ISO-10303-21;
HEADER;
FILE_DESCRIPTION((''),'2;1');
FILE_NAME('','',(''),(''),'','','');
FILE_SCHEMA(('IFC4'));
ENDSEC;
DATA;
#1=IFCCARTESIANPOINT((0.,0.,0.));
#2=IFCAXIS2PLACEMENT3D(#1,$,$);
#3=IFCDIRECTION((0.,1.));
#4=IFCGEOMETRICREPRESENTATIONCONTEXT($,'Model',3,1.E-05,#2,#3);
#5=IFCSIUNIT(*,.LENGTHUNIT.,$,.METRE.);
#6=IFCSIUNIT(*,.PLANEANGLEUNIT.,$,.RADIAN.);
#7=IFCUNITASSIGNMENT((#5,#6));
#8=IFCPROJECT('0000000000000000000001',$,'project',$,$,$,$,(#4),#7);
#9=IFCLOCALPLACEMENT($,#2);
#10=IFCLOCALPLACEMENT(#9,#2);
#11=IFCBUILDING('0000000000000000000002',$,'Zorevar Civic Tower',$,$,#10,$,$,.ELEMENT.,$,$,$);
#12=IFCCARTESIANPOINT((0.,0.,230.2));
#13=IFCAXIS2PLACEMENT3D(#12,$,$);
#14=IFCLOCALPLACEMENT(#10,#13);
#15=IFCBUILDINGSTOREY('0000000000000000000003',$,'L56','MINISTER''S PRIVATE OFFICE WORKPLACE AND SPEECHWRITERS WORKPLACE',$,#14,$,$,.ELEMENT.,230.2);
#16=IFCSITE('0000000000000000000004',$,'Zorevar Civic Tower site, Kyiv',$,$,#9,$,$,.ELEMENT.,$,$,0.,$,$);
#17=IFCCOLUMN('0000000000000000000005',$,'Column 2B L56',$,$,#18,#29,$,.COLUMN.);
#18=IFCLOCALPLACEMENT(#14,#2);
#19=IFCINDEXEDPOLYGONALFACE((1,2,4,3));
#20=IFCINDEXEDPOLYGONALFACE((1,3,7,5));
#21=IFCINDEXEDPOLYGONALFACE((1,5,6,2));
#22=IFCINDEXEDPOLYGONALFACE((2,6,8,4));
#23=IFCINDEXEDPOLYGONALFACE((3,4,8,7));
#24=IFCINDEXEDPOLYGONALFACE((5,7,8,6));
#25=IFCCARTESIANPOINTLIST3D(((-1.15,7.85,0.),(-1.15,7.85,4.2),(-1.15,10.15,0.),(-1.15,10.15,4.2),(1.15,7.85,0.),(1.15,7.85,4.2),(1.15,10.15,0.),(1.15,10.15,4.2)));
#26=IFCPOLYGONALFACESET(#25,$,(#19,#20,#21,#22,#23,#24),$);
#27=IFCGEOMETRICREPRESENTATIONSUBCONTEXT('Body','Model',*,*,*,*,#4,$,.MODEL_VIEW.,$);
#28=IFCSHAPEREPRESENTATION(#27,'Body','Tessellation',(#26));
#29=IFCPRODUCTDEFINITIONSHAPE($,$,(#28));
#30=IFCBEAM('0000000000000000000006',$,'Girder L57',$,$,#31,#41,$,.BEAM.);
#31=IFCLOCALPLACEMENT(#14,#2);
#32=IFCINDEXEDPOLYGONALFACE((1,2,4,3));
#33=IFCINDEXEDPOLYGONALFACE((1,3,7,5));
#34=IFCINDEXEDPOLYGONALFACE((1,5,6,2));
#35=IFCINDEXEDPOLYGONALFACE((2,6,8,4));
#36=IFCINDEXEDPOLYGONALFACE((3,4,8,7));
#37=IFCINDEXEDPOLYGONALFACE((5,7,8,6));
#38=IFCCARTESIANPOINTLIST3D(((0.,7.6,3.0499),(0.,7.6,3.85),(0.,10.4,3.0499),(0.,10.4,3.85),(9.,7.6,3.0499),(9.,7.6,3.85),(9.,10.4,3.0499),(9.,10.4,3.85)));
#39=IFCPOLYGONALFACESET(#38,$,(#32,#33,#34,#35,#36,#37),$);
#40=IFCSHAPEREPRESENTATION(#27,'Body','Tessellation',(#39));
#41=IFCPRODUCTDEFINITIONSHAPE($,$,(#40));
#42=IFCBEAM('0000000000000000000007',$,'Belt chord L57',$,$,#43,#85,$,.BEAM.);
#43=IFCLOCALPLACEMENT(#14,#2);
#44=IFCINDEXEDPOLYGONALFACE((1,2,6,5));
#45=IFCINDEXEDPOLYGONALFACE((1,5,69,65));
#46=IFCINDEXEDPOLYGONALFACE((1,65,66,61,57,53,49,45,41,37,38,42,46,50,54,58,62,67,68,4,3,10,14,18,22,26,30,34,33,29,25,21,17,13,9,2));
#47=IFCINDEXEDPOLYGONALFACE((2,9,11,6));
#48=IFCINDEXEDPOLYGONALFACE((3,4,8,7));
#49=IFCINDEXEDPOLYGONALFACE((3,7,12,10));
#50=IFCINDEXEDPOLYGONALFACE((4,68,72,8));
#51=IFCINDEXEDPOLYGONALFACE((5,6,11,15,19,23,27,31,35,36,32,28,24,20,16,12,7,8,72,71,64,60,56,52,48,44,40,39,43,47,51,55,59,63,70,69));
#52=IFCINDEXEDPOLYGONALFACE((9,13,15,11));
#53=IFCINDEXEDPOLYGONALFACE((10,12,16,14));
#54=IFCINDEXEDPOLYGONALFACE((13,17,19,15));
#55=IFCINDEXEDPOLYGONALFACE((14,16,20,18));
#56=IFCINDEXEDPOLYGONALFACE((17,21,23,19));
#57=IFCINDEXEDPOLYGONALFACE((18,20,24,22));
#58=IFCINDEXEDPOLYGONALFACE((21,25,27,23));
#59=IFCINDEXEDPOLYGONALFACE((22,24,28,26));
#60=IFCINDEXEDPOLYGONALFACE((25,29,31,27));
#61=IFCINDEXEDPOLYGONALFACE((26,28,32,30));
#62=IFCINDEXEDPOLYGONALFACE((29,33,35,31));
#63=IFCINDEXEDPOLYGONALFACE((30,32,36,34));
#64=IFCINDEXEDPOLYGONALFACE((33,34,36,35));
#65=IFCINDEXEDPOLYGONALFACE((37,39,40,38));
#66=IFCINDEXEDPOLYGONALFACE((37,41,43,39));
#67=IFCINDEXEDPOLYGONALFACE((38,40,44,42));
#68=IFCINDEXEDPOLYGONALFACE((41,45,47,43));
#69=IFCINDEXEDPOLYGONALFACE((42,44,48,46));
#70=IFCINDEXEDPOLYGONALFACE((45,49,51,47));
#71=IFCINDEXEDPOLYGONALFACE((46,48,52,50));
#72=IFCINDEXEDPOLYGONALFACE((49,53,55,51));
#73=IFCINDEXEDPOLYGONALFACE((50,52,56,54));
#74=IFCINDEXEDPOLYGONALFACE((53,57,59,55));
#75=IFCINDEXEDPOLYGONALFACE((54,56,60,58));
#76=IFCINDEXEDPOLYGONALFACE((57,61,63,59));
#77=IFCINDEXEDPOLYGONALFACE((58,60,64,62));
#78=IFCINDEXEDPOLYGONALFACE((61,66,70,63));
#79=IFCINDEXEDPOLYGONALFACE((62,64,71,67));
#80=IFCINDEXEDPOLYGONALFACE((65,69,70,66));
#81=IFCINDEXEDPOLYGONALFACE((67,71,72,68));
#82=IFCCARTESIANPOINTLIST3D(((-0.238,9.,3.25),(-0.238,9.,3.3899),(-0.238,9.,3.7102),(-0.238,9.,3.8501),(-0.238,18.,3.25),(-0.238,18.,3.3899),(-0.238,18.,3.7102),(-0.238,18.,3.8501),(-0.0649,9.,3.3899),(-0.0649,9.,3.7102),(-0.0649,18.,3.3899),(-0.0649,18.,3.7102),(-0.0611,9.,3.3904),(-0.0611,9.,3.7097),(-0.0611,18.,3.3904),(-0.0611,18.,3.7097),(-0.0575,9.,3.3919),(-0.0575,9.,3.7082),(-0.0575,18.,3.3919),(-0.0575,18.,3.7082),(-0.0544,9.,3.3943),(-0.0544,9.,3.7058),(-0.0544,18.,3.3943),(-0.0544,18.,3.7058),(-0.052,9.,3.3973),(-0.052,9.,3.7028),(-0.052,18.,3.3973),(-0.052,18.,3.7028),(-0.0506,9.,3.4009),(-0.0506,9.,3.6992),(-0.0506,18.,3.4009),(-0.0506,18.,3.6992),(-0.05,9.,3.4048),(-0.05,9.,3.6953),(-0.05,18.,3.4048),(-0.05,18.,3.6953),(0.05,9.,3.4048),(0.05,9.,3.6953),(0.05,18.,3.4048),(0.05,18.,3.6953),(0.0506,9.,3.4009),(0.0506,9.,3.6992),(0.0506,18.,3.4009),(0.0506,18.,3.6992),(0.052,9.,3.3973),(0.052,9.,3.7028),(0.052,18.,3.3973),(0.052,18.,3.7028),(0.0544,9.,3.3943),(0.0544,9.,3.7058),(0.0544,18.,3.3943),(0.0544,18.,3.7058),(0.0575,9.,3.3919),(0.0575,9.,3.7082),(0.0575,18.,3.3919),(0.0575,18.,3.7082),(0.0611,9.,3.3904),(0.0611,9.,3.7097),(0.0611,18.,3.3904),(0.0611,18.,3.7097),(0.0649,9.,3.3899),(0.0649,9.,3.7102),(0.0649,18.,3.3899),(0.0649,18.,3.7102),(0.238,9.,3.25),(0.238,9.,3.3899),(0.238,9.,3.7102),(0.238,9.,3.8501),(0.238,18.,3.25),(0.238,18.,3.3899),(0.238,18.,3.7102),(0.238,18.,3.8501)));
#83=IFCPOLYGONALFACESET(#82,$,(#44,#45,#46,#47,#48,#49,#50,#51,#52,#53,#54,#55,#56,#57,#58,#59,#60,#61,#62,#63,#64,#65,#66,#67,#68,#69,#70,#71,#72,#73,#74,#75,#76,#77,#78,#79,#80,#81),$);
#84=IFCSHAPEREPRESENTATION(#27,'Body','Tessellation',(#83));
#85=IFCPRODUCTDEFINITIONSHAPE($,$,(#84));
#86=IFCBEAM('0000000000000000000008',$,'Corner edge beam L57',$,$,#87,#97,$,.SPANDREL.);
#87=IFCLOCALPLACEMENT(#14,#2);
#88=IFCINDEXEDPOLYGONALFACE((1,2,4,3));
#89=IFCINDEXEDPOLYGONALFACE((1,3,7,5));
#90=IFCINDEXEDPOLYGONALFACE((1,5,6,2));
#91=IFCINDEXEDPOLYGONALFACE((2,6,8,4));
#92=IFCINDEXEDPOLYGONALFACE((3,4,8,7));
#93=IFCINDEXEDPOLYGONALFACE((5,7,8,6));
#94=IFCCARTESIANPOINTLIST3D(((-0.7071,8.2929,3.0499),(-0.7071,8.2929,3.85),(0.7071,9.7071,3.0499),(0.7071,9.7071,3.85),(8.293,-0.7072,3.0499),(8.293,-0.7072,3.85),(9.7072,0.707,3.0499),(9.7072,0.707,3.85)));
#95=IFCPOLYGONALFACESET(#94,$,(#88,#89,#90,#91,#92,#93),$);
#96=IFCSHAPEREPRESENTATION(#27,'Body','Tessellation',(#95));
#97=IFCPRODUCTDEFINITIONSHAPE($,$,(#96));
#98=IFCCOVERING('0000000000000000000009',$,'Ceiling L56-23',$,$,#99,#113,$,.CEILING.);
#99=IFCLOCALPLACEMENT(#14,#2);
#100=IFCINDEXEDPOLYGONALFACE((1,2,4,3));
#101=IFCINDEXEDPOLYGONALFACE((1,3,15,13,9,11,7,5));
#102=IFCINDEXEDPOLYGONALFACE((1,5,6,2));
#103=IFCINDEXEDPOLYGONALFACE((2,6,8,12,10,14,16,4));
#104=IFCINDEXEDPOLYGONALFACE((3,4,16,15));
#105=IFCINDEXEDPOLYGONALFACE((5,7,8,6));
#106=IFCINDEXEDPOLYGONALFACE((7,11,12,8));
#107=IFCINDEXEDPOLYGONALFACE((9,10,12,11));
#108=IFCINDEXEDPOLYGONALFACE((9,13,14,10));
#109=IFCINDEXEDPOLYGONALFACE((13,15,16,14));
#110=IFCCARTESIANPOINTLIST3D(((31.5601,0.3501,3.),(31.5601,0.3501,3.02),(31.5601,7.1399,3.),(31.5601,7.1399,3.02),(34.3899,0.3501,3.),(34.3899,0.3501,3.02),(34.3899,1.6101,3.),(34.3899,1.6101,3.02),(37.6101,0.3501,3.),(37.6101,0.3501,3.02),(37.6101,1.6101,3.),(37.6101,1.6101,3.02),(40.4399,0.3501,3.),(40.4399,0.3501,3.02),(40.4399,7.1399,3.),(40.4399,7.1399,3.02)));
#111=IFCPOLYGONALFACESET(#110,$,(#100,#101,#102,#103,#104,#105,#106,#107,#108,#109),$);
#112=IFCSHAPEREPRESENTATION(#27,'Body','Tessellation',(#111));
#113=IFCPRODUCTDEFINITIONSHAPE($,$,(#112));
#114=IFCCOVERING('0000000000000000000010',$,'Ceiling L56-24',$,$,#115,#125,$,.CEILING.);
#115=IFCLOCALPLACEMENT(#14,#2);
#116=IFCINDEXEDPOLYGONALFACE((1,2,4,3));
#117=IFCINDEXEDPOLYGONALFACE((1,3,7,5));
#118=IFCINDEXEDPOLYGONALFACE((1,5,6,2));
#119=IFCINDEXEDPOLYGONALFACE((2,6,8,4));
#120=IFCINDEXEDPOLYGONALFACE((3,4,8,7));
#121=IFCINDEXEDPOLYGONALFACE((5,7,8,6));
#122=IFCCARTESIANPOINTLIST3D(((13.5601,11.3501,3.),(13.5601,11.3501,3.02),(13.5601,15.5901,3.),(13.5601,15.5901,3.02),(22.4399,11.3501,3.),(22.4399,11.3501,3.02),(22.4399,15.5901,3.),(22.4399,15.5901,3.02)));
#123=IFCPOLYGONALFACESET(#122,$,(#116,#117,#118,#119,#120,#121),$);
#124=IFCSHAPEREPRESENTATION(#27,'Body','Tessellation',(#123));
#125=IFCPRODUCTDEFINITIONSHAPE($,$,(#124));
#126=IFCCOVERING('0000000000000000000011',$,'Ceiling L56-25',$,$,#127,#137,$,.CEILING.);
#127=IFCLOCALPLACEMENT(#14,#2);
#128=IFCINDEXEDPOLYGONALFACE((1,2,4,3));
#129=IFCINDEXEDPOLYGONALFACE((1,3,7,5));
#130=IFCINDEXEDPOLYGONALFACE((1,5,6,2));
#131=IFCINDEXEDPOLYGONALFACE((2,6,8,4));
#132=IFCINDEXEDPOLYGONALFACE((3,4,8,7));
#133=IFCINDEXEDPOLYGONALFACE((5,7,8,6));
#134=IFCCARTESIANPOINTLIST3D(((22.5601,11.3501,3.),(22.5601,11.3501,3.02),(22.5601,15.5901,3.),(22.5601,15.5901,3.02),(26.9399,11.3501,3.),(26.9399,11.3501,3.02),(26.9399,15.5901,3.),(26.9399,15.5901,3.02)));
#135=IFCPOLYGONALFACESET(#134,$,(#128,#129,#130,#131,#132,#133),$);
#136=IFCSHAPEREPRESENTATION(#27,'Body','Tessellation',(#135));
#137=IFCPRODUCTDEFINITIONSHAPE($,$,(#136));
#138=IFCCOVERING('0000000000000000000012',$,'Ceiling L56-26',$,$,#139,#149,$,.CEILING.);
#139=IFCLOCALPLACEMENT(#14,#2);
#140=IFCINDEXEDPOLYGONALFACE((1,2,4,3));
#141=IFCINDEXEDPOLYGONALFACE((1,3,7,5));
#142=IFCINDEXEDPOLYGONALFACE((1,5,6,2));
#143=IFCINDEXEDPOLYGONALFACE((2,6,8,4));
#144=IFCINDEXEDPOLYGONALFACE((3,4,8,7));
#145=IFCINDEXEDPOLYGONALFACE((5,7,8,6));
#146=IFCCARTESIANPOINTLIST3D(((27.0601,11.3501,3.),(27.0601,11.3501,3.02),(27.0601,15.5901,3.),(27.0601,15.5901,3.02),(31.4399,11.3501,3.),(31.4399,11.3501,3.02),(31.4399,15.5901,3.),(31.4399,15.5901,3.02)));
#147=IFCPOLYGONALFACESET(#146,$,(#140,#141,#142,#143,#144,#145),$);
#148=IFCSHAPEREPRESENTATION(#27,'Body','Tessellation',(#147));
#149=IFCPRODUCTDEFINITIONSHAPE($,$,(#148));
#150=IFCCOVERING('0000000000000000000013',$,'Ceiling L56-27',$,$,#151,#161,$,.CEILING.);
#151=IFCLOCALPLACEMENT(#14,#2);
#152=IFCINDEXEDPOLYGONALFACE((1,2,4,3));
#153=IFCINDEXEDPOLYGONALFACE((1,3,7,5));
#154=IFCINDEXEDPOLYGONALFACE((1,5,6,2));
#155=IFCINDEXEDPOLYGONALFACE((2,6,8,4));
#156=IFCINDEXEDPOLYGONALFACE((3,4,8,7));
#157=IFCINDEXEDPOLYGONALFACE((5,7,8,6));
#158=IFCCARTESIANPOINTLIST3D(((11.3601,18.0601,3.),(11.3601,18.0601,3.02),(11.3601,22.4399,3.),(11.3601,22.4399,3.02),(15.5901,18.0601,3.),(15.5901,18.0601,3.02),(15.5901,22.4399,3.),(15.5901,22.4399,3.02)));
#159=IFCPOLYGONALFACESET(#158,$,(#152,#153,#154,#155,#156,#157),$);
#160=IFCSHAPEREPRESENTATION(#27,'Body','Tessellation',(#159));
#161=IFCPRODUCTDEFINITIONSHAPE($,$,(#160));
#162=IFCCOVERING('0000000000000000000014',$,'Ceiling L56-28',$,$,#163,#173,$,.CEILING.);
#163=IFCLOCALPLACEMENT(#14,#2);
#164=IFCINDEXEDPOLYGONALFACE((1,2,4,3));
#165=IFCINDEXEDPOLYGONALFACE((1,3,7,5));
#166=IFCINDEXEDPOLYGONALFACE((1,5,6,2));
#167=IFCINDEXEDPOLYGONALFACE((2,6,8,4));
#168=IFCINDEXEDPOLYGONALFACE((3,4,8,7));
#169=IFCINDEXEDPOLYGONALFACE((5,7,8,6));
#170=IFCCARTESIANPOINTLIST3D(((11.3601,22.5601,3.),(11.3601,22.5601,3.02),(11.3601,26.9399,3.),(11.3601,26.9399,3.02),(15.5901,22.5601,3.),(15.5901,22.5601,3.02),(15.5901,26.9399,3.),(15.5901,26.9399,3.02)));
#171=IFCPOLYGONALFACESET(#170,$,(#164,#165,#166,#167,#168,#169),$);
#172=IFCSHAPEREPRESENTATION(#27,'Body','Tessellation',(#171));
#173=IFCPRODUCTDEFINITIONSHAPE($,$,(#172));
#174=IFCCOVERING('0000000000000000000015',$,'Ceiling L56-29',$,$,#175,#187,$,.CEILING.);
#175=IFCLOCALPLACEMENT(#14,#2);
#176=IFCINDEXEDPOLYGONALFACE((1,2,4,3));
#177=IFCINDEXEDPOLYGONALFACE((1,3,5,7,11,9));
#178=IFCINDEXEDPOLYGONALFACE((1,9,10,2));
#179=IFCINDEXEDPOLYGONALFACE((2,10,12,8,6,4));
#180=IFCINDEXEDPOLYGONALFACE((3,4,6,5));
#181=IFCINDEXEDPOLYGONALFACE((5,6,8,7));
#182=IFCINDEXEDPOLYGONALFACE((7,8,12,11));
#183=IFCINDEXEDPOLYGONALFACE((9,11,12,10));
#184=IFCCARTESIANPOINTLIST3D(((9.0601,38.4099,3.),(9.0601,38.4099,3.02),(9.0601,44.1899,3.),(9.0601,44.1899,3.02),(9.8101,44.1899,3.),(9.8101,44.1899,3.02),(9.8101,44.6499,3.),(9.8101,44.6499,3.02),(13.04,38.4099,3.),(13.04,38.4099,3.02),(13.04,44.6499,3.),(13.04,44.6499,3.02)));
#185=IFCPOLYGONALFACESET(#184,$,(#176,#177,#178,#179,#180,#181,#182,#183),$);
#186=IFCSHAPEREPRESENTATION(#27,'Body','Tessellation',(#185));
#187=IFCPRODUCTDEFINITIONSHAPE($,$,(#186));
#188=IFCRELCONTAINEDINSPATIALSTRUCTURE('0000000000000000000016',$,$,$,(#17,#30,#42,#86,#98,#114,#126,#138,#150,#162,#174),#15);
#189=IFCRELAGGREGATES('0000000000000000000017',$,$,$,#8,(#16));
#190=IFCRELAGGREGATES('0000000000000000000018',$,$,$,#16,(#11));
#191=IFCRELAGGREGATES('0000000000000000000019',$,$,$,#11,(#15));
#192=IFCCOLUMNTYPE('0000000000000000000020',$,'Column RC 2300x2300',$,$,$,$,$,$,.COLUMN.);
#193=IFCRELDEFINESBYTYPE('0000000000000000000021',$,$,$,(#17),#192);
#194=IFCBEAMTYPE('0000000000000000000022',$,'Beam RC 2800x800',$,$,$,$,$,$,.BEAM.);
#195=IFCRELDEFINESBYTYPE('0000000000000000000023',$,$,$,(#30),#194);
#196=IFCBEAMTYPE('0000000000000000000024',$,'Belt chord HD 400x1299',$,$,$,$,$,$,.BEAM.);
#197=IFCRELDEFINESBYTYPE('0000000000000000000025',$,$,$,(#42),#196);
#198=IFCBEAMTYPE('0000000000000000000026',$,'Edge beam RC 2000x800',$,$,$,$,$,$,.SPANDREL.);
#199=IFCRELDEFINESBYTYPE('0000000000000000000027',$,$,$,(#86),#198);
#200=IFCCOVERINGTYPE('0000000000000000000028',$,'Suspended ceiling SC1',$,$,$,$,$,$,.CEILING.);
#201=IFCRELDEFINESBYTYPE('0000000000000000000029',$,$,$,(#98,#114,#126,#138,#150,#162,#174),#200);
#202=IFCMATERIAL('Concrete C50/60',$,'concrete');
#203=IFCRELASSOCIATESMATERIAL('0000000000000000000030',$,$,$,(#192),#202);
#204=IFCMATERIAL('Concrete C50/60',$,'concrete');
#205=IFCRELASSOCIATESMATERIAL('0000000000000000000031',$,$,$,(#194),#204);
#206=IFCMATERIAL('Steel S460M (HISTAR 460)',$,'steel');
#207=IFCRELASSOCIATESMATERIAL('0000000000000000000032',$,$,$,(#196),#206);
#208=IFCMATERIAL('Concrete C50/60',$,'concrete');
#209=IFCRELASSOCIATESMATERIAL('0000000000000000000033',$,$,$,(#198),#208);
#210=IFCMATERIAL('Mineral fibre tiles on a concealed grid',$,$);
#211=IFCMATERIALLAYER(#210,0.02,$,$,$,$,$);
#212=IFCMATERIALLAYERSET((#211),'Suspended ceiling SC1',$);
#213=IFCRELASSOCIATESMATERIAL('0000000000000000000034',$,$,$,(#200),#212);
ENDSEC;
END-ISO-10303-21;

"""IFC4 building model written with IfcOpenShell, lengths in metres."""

from ifc_helpers import new_model, si_unit, direction, frame, origin, origin_2d, place, context, subcontext, project, spatial, polyline, rectangle, i_section, outline, extrude, material, layer, layer_set, material_profile, profile_set, type_object, element, save


model = new_model("IFC4")

# Units and contexts
model_context = context("Model", 3, precision=1e-05, world=origin(), true_north=direction((0.0, 1.0)))
body_context = subcontext(model_context, "Body", "Model", "MODEL_VIEW")
ifc_project = project(units=[si_unit("LENGTHUNIT", "METRE"), si_unit("PLANEANGLEUNIT", "RADIAN")], contexts=[model_context])

# Site, building, storey
site_placement = place(None, origin())
site = spatial("IfcSite", under=ifc_project, at=site_placement, Name="Zorevar Civic Tower site, Kyiv", CompositionType="ELEMENT", RefElevation=0.0)
building_placement = place(site_placement, origin())
building = spatial("IfcBuilding", under=site, at=building_placement, Name="Zorevar Civic Tower", CompositionType="ELEMENT")
storey_placement = place(building_placement, frame((0.0, 0.0, 230.2)))
storey = spatial("IfcBuildingStorey", under=building, at=storey_placement, Name="L56", Description="MINISTER'S PRIVATE OFFICE WORKPLACE AND SPEECHWRITERS WORKPLACE", CompositionType="ELEMENT", Elevation=230.2)

# Column
ifc_material_1 = material(Name="Concrete C50/60", Category="concrete")
ifc_material_profile_1 = material_profile(ifc_material_1, rectangle(XDim=2.3, YDim=2.3, at=origin_2d()), Name="RC 2300x2300")
ifc_profile_set_1 = profile_set([ifc_material_profile_1], Name="Concrete C50/60")
column_type = type_object("IfcColumnType", Name="Column RC 2300x2300", PredefinedType="COLUMN", material=ifc_profile_set_1)
column_placement = place(storey_placement, frame((0.0, 9.0, 0.0), z_axis=(0.0, 0.0, 1.0), x_axis=(1.0, 0.0, 0.0)))
element("IfcColumn", 1, at=column_placement, inside=storey, type_object=column_type, Name="Column 2B L56", PredefinedType="COLUMN", context=body_context, shape_type="SweptSolid", body=[
    extrude(rectangle(XDim=2.3, YDim=2.3, at=origin_2d()), origin(), (0.0, 0.0, 1.0), 4.2),
])

# Beams
ifc_material_2 = material(Name="Concrete C50/60", Category="concrete")
ifc_material_profile_2 = material_profile(ifc_material_2, rectangle(XDim=2.8, YDim=0.8, at=origin_2d()), Name="RC 2800x800")
ifc_profile_set_2 = profile_set([ifc_material_profile_2], Name="Concrete C50/60")
beam_type_1 = type_object("IfcBeamType", Name="Beam RC 2800x800", PredefinedType="BEAM", material=ifc_profile_set_2)
beam_1_placement = place(storey_placement, frame((0.0, 9.0, 3.45), z_axis=(1.0, 0.0, 0.0), x_axis=(0.0, 1.0, 0.0)))
element("IfcBeam", 2, at=beam_1_placement, inside=storey, type_object=beam_type_1, Name="Girder L57", PredefinedType="BEAM", context=body_context, shape_type="SweptSolid", body=[
    extrude(rectangle(XDim=2.8, YDim=0.8, at=origin_2d()), origin(), (0.0, 0.0, 1.0), 9.0),
])
ifc_material_3 = material(Name="Steel S460M (HISTAR 460)", Category="steel")
ifc_material_profile_3 = material_profile(ifc_material_3, i_section(OverallWidth=0.4761, OverallDepth=0.6001, WebThickness=0.1001, FlangeThickness=0.1399, FilletRadius=0.0149, at=origin_2d()), Name="HD 400x1299")
ifc_profile_set_3 = profile_set([ifc_material_profile_3], Name="Steel S460M (HISTAR 460)")
beam_type_2 = type_object("IfcBeamType", Name="Belt chord HD 400x1299", PredefinedType="BEAM", material=ifc_profile_set_3)
beam_2_placement = place(storey_placement, frame((0.0, 9.0, 3.55), z_axis=(0.0, 1.0, 0.0), x_axis=(-1.0, 0.0, 0.0)))
element("IfcBeam", 3, at=beam_2_placement, inside=storey, type_object=beam_type_2, Name="Belt chord L57", PredefinedType="BEAM", context=body_context, shape_type="SweptSolid", body=[
    extrude(i_section(OverallWidth=0.4761, OverallDepth=0.6001, WebThickness=0.1001, FlangeThickness=0.1399, FilletRadius=0.0149, at=origin_2d()), origin(), (0.0, 0.0, 1.0), 9.0),
])
ifc_material_4 = material(Name="Concrete C50/60", Category="concrete")
ifc_material_profile_4 = material_profile(ifc_material_4, rectangle(XDim=2.0, YDim=0.8, at=origin_2d()), Name="RC 2000x800")
ifc_profile_set_4 = profile_set([ifc_material_profile_4], Name="Concrete C50/60")
beam_type_3 = type_object("IfcBeamType", Name="Edge beam RC 2000x800", PredefinedType="SPANDREL", material=ifc_profile_set_4)
beam_3_placement = place(storey_placement, frame((0.0, 9.0, 3.45), z_axis=(0.707107, -0.707107, 0.0), x_axis=(0.707107, 0.707107, 0.0)))
element("IfcBeam", 4, at=beam_3_placement, inside=storey, type_object=beam_type_3, Name="Corner edge beam L57", PredefinedType="SPANDREL", context=body_context, shape_type="SweptSolid", body=[
    extrude(rectangle(XDim=2.0, YDim=0.8, at=origin_2d()), origin(), (0.0, 0.0, 1.0), 12.728),
])

# Coverings
ifc_material_5 = material(Name="Mineral fibre tiles on a concealed grid")
ifc_layer = layer(ifc_material_5, 0.02)
ifc_layer_set = layer_set([ifc_layer], Name="Suspended ceiling SC1")
covering_type = type_object("IfcCoveringType", Name="Suspended ceiling SC1", PredefinedType="CEILING", material=ifc_layer_set)
covering_1_placement = place(storey_placement, frame((0.0, 0.0, 3.0)))
element("IfcCovering", 5, at=covering_1_placement, inside=storey, type_object=covering_type, Name="Ceiling L56-23", PredefinedType="CEILING", context=body_context, shape_type="SweptSolid", body=[
    extrude(outline(polyline([(40.4399, 7.1399), (40.4399, 0.3501), (37.6101, 0.3501), (37.6101, 1.6101), (34.3899, 1.6101), (34.3899, 0.3501), (31.5601, 0.3501), (31.5601, 7.1399), (40.4399, 7.1399)])), origin(), (0.0, 0.0, 1.0), 0.02),
])
covering_2_placement = place(storey_placement, frame((0.0, 0.0, 3.0)))
element("IfcCovering", 6, at=covering_2_placement, inside=storey, type_object=covering_type, Name="Ceiling L56-24", PredefinedType="CEILING", context=body_context, shape_type="SweptSolid", body=[
    extrude(outline(polyline([(13.5601, 15.5901), (22.4399, 15.5901), (22.4399, 11.3501), (13.5601, 11.3501), (13.5601, 15.5901)])), origin(), (0.0, 0.0, 1.0), 0.02),
])
covering_3_placement = place(storey_placement, frame((0.0, 0.0, 3.0)))
element("IfcCovering", 7, at=covering_3_placement, inside=storey, type_object=covering_type, Name="Ceiling L56-25", PredefinedType="CEILING", context=body_context, shape_type="SweptSolid", body=[
    extrude(outline(polyline([(22.5601, 15.5901), (26.9399, 15.5901), (26.9399, 11.3501), (22.5601, 11.3501), (22.5601, 15.5901)])), origin(), (0.0, 0.0, 1.0), 0.02),
])
covering_4_placement = place(storey_placement, frame((0.0, 0.0, 3.0)))
element("IfcCovering", 8, at=covering_4_placement, inside=storey, type_object=covering_type, Name="Ceiling L56-26", PredefinedType="CEILING", context=body_context, shape_type="SweptSolid", body=[
    extrude(outline(polyline([(27.0601, 15.5901), (31.4399, 15.5901), (31.4399, 11.3501), (27.0601, 11.3501), (27.0601, 15.5901)])), origin(), (0.0, 0.0, 1.0), 0.02),
])
covering_5_placement = place(storey_placement, frame((0.0, 0.0, 3.0)))
element("IfcCovering", 9, at=covering_5_placement, inside=storey, type_object=covering_type, Name="Ceiling L56-27", PredefinedType="CEILING", context=body_context, shape_type="SweptSolid", body=[
    extrude(outline(polyline([(15.5901, 22.4399), (15.5901, 18.0601), (11.3601, 18.0601), (11.3601, 22.4399), (15.5901, 22.4399)])), origin(), (0.0, 0.0, 1.0), 0.02),
])
covering_6_placement = place(storey_placement, frame((0.0, 0.0, 3.0)))
element("IfcCovering", 10, at=covering_6_placement, inside=storey, type_object=covering_type, Name="Ceiling L56-28", PredefinedType="CEILING", context=body_context, shape_type="SweptSolid", body=[
    extrude(outline(polyline([(11.3601, 22.5601), (11.3601, 26.9399), (15.5901, 26.9399), (15.5901, 22.5601), (11.3601, 22.5601)])), origin(), (0.0, 0.0, 1.0), 0.02),
])
covering_7_placement = place(storey_placement, frame((0.0, 0.0, 3.0)))
element("IfcCovering", 11, at=covering_7_placement, inside=storey, type_object=covering_type, Name="Ceiling L56-29", PredefinedType="CEILING", context=body_context, shape_type="SweptSolid", body=[
    extrude(outline(polyline([(9.0601, 38.4099), (9.0601, 44.1899), (9.8101, 44.1899), (9.8101, 44.6499), (13.04, 44.6499), (13.04, 38.4099), (9.0601, 38.4099)])), origin(), (0.0, 0.0, 1.0), 0.02),
])

save(model, "model.ifc")
